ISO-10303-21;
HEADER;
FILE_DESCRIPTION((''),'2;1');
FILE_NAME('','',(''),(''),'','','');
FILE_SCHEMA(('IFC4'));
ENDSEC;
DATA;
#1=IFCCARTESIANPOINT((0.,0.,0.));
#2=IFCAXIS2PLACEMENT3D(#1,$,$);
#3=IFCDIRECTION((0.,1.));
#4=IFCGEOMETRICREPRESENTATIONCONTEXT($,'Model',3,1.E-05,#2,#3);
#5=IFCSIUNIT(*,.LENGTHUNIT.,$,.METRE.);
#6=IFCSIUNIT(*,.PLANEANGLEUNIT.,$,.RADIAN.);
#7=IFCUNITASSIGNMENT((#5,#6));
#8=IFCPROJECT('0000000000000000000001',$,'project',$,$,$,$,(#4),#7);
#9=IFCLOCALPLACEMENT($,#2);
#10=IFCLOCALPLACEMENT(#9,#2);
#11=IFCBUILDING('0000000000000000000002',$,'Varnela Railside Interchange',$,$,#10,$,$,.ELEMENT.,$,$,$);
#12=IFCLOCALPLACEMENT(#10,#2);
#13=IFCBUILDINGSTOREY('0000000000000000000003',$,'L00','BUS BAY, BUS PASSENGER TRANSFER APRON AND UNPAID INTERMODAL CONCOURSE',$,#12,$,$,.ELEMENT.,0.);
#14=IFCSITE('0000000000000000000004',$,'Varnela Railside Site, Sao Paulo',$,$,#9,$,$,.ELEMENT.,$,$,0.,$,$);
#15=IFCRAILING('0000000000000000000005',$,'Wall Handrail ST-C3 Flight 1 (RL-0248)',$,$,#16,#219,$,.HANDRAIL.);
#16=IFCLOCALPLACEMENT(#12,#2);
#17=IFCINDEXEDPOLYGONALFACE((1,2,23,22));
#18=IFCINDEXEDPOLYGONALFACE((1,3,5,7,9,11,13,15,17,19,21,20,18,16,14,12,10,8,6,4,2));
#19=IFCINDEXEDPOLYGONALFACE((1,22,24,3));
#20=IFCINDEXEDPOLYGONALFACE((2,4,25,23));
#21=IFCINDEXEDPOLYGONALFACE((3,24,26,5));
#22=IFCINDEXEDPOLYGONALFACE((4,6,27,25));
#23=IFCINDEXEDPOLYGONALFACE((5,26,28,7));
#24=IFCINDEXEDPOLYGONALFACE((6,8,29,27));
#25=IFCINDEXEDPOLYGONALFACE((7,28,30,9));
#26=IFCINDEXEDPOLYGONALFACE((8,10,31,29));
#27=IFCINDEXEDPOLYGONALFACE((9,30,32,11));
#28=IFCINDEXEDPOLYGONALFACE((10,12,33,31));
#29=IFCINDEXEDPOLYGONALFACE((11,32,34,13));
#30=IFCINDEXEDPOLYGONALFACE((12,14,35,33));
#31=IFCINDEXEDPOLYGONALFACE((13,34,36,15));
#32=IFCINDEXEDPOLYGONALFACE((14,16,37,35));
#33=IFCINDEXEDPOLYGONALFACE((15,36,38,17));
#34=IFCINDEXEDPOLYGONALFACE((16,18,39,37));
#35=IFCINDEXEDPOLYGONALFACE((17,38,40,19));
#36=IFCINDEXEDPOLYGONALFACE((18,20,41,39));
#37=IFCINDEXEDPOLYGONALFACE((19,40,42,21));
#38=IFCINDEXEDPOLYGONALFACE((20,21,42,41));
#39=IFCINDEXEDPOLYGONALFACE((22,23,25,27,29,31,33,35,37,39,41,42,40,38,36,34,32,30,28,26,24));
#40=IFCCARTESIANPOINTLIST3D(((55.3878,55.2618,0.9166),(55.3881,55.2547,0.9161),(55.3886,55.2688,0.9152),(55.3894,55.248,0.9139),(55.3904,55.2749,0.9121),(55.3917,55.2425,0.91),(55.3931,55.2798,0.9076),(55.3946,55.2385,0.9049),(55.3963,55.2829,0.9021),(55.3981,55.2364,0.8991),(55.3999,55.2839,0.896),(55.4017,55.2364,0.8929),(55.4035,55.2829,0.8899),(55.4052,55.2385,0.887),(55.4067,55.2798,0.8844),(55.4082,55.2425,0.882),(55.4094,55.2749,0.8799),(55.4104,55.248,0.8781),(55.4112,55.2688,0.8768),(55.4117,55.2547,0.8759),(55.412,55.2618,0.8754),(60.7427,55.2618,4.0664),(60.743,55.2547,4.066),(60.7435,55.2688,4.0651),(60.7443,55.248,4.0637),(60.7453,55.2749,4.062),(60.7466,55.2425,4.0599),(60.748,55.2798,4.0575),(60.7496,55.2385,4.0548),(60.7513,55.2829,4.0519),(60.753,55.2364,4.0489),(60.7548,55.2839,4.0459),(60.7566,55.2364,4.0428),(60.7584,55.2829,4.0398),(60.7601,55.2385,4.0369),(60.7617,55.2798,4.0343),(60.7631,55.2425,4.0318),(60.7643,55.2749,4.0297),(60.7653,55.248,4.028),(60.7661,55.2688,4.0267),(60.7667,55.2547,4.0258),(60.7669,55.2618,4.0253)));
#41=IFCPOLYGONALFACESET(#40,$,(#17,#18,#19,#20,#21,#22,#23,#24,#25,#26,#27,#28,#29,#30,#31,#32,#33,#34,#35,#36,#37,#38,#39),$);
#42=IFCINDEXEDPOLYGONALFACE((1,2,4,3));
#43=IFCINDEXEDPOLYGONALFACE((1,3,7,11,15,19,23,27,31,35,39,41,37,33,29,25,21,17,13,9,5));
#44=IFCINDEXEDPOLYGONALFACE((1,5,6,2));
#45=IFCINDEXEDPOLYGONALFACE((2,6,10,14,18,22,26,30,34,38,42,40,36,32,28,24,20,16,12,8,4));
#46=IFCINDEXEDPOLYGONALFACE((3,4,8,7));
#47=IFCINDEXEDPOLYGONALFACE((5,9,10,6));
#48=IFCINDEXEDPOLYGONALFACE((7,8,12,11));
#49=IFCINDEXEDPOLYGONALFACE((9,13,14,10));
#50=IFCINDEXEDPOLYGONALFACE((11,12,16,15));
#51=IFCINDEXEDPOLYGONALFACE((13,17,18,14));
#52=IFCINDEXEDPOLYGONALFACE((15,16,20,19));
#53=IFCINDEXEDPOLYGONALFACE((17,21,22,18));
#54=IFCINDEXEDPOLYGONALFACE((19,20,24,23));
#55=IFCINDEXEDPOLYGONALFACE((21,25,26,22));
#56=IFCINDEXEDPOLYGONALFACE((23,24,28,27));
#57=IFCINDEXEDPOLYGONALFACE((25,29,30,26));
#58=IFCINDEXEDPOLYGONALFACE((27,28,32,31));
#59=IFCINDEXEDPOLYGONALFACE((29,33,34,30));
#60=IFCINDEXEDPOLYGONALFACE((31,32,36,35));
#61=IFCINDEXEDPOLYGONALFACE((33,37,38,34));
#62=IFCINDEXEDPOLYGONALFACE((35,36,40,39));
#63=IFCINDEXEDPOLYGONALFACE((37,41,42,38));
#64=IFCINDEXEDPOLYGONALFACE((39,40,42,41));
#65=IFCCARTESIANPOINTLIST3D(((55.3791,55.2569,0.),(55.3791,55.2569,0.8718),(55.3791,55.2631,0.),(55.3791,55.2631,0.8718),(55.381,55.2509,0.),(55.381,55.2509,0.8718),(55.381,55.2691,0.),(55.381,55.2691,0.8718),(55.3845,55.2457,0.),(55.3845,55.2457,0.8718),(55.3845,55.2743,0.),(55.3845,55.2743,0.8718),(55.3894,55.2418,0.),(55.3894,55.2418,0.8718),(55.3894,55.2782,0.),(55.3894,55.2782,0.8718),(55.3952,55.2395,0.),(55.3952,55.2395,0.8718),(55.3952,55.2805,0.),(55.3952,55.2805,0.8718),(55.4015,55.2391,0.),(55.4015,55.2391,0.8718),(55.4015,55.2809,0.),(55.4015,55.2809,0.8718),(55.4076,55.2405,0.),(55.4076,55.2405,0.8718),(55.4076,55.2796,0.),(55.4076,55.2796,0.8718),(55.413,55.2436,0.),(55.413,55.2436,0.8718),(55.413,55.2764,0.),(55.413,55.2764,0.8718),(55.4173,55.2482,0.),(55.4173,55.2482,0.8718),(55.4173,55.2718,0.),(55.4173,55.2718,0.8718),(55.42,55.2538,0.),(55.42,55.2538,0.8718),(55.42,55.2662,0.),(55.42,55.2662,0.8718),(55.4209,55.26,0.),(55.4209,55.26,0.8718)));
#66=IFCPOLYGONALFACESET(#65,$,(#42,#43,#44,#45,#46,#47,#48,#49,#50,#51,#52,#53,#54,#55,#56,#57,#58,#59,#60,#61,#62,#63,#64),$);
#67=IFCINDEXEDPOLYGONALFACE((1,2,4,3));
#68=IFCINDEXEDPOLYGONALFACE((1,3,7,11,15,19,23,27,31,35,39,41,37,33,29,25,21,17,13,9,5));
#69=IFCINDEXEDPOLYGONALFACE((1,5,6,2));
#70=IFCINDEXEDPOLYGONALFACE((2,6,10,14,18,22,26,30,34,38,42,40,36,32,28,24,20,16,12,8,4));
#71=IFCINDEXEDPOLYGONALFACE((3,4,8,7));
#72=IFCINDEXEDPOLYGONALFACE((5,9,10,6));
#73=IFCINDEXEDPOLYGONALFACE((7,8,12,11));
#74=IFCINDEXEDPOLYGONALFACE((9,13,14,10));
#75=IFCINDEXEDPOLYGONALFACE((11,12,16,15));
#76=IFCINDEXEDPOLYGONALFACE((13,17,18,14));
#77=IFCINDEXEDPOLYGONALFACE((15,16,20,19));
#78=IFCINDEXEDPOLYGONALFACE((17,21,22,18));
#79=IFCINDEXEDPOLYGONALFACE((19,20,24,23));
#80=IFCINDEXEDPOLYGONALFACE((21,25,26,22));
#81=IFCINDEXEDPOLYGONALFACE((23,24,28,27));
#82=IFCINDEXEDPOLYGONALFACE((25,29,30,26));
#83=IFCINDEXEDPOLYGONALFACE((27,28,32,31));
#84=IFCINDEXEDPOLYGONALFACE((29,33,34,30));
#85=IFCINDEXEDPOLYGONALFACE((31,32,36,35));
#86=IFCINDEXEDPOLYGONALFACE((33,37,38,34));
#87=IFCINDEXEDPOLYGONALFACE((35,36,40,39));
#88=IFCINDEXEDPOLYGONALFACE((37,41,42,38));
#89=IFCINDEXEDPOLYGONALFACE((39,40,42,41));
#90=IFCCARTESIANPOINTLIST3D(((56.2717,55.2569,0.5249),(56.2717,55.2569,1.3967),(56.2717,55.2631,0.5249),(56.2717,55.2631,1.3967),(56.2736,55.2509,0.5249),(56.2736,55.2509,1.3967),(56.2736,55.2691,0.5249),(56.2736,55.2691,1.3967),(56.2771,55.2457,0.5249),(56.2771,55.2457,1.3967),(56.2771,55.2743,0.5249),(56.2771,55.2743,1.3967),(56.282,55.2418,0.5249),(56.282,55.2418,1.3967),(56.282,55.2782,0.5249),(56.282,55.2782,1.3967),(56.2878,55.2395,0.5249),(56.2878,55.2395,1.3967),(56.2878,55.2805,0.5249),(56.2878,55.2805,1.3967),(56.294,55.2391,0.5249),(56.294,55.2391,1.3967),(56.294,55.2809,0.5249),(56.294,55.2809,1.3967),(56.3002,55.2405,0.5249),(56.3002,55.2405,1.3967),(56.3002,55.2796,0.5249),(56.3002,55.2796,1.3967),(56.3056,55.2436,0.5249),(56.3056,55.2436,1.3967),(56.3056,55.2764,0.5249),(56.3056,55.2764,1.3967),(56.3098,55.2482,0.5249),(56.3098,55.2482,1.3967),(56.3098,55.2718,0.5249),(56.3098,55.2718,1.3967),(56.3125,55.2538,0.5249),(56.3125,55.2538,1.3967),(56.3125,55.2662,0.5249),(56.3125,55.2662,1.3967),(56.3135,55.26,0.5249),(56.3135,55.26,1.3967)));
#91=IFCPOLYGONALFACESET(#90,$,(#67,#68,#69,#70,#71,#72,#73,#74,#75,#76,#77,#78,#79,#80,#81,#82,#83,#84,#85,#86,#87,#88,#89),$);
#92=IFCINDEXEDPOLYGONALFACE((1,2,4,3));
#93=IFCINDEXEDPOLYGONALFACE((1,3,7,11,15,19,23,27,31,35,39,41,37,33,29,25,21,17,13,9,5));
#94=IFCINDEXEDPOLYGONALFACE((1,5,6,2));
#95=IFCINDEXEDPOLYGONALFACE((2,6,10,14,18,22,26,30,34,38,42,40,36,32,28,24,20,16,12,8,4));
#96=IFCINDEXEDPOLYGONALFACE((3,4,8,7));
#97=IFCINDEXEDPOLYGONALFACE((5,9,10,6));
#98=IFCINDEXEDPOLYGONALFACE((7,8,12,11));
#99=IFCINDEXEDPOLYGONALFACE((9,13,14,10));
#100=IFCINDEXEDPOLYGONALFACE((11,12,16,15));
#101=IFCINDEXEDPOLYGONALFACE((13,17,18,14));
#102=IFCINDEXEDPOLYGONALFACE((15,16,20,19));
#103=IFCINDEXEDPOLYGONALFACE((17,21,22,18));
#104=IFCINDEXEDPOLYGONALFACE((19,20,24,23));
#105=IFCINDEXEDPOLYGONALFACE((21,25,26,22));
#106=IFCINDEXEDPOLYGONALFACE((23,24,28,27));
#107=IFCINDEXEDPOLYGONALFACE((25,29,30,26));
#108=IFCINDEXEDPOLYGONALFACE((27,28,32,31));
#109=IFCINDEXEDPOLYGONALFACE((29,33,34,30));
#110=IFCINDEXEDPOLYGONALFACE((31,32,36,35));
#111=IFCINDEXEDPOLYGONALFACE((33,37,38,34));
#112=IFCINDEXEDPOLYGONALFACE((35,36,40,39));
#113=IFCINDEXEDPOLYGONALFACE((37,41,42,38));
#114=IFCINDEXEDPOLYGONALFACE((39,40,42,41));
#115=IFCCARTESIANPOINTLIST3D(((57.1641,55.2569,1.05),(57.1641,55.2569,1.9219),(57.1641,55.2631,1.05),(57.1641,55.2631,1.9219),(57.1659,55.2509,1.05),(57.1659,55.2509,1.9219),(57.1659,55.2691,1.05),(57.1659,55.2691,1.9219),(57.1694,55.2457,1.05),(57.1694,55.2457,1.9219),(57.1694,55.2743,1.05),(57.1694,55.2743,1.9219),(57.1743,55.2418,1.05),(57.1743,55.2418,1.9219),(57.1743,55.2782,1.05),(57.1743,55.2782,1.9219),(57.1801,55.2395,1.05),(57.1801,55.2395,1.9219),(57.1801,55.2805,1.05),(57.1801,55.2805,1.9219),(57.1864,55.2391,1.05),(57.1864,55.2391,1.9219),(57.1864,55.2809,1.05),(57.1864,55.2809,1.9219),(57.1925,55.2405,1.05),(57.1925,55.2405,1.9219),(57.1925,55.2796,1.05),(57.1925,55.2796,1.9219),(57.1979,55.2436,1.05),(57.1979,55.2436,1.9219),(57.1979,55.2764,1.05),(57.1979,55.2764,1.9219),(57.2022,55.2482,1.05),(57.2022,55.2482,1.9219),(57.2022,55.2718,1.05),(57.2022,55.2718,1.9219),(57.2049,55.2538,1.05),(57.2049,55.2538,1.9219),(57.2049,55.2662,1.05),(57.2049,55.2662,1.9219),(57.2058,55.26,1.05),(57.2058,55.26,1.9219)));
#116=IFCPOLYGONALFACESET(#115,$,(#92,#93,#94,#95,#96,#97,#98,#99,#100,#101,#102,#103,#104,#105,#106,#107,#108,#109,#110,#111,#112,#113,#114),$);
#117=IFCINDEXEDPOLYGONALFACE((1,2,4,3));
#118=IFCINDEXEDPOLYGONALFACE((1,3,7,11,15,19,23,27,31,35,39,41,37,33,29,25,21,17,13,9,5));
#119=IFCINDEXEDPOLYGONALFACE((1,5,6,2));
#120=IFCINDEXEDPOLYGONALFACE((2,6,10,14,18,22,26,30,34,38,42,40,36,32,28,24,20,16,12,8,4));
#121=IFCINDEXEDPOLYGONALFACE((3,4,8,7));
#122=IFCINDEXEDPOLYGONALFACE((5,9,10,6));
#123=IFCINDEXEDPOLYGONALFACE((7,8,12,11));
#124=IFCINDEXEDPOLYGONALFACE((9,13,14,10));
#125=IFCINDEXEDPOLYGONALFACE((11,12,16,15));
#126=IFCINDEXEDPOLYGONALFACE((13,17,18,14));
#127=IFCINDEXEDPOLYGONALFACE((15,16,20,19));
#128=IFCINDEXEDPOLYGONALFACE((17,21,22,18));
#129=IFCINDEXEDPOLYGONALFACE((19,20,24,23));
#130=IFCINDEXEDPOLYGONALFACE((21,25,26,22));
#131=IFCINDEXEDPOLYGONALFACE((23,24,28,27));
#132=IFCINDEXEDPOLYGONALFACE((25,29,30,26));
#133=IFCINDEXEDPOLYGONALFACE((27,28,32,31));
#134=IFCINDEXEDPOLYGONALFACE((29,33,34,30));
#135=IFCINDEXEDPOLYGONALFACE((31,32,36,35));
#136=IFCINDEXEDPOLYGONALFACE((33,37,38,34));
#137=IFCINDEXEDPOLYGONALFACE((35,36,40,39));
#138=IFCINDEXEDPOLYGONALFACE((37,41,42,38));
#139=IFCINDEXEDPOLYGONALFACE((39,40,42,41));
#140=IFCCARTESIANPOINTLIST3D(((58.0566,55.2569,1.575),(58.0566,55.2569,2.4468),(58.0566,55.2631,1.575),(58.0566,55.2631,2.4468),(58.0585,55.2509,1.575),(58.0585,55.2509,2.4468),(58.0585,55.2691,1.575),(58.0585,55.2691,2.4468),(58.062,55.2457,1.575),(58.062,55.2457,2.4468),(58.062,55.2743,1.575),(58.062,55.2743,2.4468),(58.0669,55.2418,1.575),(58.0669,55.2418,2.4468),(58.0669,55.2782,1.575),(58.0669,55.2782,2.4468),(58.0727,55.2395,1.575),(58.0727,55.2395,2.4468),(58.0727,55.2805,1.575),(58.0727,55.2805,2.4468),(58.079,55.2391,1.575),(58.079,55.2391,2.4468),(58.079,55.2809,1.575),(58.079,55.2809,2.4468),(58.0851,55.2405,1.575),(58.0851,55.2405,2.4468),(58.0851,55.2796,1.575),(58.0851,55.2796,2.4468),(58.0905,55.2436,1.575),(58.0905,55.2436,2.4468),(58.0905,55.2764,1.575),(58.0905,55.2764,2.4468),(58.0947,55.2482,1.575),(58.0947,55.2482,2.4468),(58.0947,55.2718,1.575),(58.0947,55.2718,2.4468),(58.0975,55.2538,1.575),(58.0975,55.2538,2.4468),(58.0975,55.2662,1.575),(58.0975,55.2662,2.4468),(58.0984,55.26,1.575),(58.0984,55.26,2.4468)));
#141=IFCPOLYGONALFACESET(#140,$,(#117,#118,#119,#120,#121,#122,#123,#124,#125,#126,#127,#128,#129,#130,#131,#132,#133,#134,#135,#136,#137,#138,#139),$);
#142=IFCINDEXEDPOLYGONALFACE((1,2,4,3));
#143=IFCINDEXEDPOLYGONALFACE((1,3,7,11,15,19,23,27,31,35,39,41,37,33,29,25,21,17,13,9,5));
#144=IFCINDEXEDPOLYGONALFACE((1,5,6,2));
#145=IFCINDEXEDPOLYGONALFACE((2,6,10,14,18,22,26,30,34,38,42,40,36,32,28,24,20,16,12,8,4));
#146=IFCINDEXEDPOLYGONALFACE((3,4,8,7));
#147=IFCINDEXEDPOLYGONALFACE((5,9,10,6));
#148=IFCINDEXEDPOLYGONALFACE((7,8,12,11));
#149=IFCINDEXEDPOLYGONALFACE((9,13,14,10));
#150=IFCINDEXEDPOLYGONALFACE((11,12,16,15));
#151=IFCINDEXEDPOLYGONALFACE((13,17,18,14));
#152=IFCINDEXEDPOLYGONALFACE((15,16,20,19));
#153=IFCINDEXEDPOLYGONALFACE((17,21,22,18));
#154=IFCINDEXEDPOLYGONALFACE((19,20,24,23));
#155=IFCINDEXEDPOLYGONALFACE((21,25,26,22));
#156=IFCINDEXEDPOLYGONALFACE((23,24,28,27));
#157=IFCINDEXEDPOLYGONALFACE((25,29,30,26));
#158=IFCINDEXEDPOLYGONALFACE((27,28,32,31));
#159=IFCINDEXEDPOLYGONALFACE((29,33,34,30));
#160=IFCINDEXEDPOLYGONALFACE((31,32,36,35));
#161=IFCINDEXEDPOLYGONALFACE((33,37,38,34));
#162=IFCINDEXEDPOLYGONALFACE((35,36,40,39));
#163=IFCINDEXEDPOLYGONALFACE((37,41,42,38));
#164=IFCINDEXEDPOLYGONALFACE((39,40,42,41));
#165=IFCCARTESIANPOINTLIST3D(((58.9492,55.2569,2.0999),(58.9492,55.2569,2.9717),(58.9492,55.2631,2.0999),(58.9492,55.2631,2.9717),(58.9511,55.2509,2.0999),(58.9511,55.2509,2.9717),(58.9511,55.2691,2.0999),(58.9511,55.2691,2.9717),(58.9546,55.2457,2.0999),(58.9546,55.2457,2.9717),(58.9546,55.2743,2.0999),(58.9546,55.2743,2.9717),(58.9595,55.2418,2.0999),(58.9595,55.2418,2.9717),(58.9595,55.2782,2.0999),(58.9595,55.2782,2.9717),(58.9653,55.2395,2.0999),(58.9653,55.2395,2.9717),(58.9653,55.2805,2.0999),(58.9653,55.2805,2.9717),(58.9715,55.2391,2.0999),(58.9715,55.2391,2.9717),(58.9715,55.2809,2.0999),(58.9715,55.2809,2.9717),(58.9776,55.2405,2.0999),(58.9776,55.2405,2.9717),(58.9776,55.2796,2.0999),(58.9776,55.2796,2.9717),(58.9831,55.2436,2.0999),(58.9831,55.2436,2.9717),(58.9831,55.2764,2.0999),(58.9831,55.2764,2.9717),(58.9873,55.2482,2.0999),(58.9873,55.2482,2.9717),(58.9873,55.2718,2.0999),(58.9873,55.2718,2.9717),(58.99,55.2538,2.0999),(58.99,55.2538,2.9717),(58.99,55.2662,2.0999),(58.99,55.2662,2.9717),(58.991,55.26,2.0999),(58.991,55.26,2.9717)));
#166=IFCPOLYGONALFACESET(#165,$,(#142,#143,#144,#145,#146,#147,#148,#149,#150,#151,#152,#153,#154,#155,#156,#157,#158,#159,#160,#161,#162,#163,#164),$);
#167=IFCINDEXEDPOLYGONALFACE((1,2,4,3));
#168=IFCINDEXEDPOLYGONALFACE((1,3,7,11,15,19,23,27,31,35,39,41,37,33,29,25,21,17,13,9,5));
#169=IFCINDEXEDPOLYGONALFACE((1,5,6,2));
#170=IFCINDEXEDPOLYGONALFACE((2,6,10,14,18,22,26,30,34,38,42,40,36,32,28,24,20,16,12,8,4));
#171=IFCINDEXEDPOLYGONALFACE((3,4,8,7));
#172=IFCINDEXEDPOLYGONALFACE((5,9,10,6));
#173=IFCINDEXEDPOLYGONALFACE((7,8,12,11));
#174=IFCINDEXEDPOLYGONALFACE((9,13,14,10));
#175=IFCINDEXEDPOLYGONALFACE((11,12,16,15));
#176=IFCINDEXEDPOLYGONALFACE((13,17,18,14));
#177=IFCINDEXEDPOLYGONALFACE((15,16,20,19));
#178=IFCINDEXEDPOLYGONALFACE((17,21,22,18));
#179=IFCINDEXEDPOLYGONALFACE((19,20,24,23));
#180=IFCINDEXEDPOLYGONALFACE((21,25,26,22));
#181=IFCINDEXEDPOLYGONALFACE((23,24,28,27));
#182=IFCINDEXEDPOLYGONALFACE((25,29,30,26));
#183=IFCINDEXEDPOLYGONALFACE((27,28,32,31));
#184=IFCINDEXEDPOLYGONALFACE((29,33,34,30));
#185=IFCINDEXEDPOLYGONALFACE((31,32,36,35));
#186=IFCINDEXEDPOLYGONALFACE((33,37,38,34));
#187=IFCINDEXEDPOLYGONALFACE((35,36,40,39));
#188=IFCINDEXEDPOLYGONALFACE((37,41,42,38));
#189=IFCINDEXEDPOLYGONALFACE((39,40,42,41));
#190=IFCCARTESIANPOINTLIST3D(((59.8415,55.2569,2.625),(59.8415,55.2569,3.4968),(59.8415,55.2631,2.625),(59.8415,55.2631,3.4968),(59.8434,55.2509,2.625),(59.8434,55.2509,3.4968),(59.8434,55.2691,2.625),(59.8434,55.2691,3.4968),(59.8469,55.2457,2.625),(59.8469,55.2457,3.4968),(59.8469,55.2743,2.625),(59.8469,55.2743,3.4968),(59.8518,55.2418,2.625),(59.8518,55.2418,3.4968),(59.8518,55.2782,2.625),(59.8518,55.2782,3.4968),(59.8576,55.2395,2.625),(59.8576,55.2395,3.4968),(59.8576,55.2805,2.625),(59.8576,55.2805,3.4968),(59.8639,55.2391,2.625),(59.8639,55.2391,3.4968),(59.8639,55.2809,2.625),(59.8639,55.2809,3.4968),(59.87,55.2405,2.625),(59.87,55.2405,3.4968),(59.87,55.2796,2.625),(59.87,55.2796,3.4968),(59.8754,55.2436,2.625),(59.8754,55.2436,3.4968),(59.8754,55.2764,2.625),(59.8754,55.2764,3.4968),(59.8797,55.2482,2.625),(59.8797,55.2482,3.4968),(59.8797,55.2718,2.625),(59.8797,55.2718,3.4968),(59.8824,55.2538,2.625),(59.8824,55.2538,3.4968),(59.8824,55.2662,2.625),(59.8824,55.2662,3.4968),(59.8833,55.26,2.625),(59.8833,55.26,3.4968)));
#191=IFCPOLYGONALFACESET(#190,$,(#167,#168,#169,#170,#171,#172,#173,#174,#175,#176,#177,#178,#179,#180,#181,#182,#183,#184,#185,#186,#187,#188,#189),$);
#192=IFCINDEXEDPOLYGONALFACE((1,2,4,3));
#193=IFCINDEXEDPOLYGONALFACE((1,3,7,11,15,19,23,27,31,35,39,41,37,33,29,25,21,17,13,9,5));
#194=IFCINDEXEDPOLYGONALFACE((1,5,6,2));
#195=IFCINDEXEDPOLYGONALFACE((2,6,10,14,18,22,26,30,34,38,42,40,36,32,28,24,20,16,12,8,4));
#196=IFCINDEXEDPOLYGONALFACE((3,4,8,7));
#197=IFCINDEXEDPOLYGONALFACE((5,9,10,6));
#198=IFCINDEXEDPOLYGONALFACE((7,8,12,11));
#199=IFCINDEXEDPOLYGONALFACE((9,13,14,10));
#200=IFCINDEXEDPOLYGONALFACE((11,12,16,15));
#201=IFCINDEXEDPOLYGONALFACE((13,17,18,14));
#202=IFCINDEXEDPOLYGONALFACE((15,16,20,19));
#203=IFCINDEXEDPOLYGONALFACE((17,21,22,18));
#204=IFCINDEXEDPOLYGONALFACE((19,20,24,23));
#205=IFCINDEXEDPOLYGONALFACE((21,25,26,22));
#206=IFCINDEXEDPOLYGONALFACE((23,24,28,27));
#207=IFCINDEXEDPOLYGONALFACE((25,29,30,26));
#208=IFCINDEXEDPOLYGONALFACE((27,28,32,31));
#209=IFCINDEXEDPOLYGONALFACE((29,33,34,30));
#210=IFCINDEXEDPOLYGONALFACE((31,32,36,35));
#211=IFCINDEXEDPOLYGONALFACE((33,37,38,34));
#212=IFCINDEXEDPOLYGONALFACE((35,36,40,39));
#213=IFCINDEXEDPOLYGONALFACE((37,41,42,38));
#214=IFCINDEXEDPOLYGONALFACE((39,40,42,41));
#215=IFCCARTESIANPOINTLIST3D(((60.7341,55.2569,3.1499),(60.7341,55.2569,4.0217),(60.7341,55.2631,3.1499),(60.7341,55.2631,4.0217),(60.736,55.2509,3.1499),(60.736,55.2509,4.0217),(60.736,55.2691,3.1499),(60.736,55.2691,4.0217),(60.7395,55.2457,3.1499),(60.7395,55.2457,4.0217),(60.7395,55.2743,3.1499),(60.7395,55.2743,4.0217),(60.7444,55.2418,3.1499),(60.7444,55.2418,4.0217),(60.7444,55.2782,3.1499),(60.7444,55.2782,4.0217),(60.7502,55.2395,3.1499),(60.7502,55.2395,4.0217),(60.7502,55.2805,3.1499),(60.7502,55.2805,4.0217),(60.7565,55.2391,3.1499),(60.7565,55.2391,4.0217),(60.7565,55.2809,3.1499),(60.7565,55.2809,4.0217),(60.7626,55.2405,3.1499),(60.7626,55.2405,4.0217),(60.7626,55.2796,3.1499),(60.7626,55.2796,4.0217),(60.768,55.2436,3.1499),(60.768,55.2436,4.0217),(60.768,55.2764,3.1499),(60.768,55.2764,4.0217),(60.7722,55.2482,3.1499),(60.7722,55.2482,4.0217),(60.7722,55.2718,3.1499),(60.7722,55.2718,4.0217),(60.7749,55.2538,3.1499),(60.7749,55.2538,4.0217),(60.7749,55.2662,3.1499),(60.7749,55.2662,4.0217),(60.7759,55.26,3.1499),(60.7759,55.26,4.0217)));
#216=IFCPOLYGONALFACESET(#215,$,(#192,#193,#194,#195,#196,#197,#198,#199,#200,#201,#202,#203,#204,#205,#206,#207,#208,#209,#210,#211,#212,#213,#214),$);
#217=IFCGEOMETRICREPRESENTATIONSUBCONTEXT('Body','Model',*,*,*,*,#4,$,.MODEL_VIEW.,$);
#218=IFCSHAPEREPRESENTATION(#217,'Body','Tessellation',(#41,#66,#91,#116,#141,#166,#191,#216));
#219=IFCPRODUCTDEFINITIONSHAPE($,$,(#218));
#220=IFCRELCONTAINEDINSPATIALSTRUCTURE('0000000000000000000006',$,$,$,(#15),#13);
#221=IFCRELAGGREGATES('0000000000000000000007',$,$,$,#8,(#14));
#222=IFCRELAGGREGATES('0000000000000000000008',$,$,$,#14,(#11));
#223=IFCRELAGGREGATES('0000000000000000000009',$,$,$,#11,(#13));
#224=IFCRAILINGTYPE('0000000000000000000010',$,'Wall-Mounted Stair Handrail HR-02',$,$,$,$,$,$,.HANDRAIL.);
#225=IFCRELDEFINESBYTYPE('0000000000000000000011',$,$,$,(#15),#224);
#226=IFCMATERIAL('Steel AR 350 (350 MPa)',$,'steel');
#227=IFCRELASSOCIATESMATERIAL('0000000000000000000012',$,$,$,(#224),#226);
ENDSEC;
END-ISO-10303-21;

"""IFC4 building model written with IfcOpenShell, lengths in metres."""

from ifc_helpers import new_model, si_unit, direction, frame, origin, origin_2d, place, context, subcontext, project, spatial, circle, extrude, material, type_object, element, save


model = new_model("IFC4")

# Units and contexts
model_context = context("Model", 3, precision=1e-05, world=origin(), true_north=direction((0.0, 1.0)))
body_context = subcontext(model_context, "Body", "Model", "MODEL_VIEW")
ifc_project = project(units=[si_unit("LENGTHUNIT", "METRE"), si_unit("PLANEANGLEUNIT", "RADIAN")], contexts=[model_context])

# Site, building, storey
site_placement = place(None, origin())
site = spatial("IfcSite", under=ifc_project, at=site_placement, Name="Varnela Railside Site, Sao Paulo", CompositionType="ELEMENT", RefElevation=0.0)
building_placement = place(site_placement, origin())
building = spatial("IfcBuilding", under=site, at=building_placement, Name="Varnela Railside Interchange", CompositionType="ELEMENT")
storey_placement = place(building_placement, origin())
storey = spatial("IfcBuildingStorey", under=building, at=storey_placement, Name="L00", Description="BUS BAY, BUS PASSENGER TRANSFER APRON AND UNPAID INTERMODAL CONCOURSE", CompositionType="ELEMENT", Elevation=0.0)

# Shared definitions
ifc_material_1 = material(Name="Steel AR 350 (350 MPa)", Category="steel")

# Railing
railing_type_1 = type_object("IfcRailingType", Name="Wall-Mounted Stair Handrail HR-02", PredefinedType="HANDRAIL", material=ifc_material_1)
railing_1_placement = place(storey_placement, frame((55.3999, 55.26, 0.0)))
element("IfcRailing", 1, at=railing_1_placement, inside=storey, type_object=railing_type_1, Name="Wall Handrail ST-C3 Flight 1 (RL-0248)", PredefinedType="HANDRAIL", context=body_context, shape_type="SweptSolid", body=[
    extrude(circle(Radius=0.0239, at=origin_2d()), frame((0.0, 0.0, 0.896), z_axis=(0.86194, 0.0, 0.50701), x_axis=(0.0, 1.0, 0.0)), (0.0, 0.0, 1.0), 6.2126),
    extrude(circle(Radius=0.021, at=origin_2d()), origin(), (0.0, 0.0, 1.0), 0.8718),
    extrude(circle(Radius=0.021, at=origin_2d()), frame((0.8926, 0.0, 0.5249)), (0.0, 0.0, 1.0), 0.8718),
    extrude(circle(Radius=0.021, at=origin_2d()), frame((1.7849, 0.0, 1.05)), (0.0, 0.0, 1.0), 0.8718),
    extrude(circle(Radius=0.021, at=origin_2d()), frame((2.6775, 0.0, 1.575)), (0.0, 0.0, 1.0), 0.8718),
    extrude(circle(Radius=0.021, at=origin_2d()), frame((3.5701, 0.0, 2.0999)), (0.0, 0.0, 1.0), 0.8718),
    extrude(circle(Radius=0.021, at=origin_2d()), frame((4.4624, 0.0, 2.625)), (0.0, 0.0, 1.0), 0.8718),
    extrude(circle(Radius=0.021, at=origin_2d()), frame((5.355, 0.0, 3.1499)), (0.0, 0.0, 1.0), 0.8718),
])

save(model, "model.ifc")
